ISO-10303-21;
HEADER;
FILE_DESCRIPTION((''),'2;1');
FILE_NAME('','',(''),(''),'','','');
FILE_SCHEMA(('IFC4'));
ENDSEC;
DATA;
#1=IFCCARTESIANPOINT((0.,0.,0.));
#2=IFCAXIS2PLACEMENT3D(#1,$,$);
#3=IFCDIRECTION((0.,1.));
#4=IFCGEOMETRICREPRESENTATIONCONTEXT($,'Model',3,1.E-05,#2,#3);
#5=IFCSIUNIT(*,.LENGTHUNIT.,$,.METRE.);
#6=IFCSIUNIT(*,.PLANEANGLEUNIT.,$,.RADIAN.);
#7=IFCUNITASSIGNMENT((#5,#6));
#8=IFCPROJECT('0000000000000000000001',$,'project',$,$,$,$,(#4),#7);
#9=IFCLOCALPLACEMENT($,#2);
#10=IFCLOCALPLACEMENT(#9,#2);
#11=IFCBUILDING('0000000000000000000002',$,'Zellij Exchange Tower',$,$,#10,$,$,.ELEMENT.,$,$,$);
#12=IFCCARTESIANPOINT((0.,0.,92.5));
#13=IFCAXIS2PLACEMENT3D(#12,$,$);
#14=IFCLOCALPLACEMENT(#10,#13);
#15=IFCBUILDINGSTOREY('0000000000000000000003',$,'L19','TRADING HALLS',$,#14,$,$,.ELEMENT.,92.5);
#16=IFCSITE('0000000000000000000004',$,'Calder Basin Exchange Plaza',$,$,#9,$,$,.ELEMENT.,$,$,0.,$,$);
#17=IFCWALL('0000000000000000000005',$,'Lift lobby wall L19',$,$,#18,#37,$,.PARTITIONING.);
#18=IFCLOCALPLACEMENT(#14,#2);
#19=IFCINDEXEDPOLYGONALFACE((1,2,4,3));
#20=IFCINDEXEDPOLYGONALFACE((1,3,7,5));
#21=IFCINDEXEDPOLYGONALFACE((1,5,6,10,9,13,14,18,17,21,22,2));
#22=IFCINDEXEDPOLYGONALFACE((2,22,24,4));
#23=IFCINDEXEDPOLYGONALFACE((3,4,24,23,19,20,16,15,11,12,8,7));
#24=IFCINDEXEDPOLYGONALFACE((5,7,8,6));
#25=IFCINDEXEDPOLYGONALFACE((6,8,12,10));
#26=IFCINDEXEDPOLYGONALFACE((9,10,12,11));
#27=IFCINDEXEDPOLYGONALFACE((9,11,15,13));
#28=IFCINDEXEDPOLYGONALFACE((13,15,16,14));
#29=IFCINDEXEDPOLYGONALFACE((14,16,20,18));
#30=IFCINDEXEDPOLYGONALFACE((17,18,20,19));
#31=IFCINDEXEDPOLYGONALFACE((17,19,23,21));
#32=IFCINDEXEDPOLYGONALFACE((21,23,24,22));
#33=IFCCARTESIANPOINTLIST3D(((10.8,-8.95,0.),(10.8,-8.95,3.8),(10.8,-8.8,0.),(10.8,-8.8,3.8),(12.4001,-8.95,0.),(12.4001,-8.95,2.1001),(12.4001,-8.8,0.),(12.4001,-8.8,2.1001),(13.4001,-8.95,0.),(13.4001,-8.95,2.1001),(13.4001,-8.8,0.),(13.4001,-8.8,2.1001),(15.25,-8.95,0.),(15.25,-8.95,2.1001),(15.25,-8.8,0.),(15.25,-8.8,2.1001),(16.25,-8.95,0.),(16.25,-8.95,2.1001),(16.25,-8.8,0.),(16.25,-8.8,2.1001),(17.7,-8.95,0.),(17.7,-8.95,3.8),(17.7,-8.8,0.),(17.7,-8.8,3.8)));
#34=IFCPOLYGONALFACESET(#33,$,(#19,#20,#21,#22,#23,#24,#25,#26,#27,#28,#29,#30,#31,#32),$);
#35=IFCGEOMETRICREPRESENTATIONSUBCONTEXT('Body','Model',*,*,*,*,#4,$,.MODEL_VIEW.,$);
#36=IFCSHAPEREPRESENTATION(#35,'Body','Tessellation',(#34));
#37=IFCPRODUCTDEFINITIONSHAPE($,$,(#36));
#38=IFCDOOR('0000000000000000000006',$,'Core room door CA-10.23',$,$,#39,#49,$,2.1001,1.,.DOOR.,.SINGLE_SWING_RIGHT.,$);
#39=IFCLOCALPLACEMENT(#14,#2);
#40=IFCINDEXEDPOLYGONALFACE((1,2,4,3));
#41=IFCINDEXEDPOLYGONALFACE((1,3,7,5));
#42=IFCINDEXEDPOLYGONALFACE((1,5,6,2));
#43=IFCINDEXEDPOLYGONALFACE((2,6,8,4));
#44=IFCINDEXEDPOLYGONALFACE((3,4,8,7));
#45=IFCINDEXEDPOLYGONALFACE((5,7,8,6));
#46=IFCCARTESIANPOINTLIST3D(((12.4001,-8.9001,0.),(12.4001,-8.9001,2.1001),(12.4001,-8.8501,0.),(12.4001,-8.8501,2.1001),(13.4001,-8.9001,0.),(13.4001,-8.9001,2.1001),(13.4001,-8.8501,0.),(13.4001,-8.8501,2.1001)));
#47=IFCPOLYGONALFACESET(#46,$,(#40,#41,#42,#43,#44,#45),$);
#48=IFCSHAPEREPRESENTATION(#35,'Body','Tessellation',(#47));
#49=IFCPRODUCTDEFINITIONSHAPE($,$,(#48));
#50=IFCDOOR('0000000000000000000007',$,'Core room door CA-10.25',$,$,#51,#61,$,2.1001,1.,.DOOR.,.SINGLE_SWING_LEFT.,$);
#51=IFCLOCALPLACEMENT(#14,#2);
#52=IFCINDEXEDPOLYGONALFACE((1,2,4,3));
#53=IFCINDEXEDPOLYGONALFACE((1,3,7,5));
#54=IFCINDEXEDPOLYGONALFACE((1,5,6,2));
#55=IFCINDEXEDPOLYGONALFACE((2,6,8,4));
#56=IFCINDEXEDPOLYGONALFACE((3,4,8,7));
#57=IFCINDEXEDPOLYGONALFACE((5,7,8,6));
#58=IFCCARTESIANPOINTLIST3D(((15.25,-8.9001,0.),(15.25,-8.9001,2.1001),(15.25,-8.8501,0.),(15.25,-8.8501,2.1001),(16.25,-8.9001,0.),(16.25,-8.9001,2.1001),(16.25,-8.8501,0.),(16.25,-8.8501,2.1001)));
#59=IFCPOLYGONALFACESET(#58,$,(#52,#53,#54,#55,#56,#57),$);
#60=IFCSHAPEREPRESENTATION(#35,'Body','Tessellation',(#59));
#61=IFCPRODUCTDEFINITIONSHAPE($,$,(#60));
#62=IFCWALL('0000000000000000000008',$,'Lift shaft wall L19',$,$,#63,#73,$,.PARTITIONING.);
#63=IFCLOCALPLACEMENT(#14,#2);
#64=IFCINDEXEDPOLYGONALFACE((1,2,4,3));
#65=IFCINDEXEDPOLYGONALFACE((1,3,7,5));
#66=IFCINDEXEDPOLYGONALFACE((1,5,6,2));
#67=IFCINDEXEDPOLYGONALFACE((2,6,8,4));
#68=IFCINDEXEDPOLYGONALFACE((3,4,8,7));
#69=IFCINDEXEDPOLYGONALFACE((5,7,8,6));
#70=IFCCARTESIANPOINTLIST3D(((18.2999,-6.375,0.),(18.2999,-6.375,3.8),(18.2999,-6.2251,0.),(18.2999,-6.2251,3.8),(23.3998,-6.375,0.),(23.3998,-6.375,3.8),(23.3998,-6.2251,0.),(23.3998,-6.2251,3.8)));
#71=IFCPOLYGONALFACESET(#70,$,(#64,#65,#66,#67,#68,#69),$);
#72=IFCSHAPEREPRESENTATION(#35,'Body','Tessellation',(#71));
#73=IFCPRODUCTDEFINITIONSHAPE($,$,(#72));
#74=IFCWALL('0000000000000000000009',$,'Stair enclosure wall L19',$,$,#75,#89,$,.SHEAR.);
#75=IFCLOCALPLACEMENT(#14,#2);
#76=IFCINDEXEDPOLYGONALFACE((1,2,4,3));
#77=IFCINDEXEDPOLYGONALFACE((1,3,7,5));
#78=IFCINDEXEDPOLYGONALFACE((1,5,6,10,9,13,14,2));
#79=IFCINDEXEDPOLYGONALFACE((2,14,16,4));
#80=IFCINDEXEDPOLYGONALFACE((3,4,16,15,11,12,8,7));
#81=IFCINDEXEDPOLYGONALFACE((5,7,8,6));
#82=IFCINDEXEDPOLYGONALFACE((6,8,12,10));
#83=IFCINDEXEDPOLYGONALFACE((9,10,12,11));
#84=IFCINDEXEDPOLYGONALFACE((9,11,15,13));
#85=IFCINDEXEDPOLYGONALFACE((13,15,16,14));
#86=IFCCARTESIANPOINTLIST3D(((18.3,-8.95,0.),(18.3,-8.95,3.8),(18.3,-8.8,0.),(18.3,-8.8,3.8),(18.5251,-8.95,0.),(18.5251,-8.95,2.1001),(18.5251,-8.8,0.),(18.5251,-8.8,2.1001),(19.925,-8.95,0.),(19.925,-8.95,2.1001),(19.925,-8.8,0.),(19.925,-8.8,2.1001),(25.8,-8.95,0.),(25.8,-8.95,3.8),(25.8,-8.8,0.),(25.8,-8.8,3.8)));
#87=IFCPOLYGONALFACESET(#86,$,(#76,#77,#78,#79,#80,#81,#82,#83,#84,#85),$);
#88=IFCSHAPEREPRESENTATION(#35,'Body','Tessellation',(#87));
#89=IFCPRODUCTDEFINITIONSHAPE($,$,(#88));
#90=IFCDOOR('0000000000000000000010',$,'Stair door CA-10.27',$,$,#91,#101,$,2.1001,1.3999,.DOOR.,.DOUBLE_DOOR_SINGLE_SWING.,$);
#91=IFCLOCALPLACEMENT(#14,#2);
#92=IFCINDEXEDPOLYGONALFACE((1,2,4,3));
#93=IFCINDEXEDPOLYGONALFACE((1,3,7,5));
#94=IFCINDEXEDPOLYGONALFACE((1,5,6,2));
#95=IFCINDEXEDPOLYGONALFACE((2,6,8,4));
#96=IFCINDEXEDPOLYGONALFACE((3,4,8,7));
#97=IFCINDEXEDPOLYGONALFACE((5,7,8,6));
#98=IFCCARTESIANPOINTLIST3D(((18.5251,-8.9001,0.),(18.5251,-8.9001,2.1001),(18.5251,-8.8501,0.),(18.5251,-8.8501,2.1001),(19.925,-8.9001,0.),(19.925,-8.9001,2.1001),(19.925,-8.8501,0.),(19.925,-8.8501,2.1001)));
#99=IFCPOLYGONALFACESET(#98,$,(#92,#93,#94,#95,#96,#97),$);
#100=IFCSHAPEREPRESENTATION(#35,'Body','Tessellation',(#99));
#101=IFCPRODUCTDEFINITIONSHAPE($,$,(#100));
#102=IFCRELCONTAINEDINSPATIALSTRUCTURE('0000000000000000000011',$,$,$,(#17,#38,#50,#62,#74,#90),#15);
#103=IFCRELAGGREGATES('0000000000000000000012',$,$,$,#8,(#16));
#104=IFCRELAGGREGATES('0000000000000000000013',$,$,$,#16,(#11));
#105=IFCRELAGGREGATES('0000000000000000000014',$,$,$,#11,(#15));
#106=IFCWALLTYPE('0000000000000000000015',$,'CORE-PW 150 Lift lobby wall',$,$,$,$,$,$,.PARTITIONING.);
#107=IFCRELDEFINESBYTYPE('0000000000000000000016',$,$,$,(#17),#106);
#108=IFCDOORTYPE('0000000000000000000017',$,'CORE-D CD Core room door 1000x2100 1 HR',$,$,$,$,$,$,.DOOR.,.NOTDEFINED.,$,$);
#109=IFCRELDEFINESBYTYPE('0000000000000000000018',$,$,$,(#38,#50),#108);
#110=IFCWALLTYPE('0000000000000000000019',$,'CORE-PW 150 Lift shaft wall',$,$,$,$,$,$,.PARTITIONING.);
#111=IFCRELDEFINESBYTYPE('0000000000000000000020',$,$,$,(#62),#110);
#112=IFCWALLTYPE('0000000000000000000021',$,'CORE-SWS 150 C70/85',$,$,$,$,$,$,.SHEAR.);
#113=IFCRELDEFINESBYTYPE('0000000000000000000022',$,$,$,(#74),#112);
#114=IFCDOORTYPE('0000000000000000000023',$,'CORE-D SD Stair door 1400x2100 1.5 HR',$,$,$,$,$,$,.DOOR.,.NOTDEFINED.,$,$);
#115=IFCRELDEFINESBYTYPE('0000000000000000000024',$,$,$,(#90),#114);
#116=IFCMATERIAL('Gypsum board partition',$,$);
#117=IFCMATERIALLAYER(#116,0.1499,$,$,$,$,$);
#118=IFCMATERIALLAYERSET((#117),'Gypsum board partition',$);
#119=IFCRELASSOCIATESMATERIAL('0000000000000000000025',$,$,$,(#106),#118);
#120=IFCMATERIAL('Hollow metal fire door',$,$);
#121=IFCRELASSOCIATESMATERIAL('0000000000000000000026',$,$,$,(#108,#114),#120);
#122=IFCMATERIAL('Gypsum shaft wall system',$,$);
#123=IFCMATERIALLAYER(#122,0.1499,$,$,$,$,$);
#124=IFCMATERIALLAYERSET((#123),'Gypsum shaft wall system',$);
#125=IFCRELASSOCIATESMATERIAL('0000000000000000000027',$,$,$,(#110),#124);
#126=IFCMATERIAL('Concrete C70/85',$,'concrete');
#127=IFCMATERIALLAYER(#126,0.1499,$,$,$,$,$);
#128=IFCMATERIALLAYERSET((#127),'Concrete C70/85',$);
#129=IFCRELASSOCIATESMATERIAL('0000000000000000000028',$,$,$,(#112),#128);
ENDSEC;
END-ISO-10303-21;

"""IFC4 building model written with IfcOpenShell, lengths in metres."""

from ifc_helpers import new_model, si_unit, direction, frame, frame_2d, origin, place, context, subcontext, project, spatial, rectangle, extrude, material, layer, layer_set, type_object, element, fill, save


model = new_model("IFC4")

# Units and contexts
model_context = context("Model", 3, precision=1e-05, world=origin(), true_north=direction((0.0, 1.0)))
body_context = subcontext(model_context, "Body", "Model", "MODEL_VIEW")
ifc_project = project(units=[si_unit("LENGTHUNIT", "METRE"), si_unit("PLANEANGLEUNIT", "RADIAN")], contexts=[model_context])

# Site, building, storey
site_placement = place(None, origin())
site = spatial("IfcSite", under=ifc_project, at=site_placement, Name="Calder Basin Exchange Plaza", CompositionType="ELEMENT", RefElevation=0.0)
building_placement = place(site_placement, origin())
building = spatial("IfcBuilding", under=site, at=building_placement, Name="Zellij Exchange Tower", CompositionType="ELEMENT")
storey_placement = place(building_placement, frame((0.0, 0.0, 92.5)))
storey = spatial("IfcBuildingStorey", under=building, at=storey_placement, Name="L19", Description="TRADING HALLS", CompositionType="ELEMENT", Elevation=92.5)

# Shared definitions
ifc_material_1 = material(Name="Concrete C70/85", Category="concrete")
ifc_material_2 = material(Name="Gypsum board partition")
ifc_layer_1 = layer(ifc_material_2, 0.1499)
ifc_layer_set_1 = layer_set([ifc_layer_1], Name="Gypsum board partition")
wall_type_1 = type_object("IfcWallType", Name="CORE-PW 150 Lift lobby wall", PredefinedType="PARTITIONING", material=ifc_layer_set_1)

# Shared definitions
ifc_material_3 = material(Name="Hollow metal fire door")

# Wall, openings, doors
door_type_1 = type_object("IfcDoorType", Name="CORE-D CD Core room door 1000x2100 1 HR", OperationType="NOTDEFINED", PredefinedType="DOOR", material=ifc_material_3)
wall_1_placement = place(storey_placement, frame((10.8, -8.875, 0.0), z_axis=(0.0, 0.0, 1.0), x_axis=(1.0, 0.0, 0.0)))
wall_1 = element("IfcWall", 1, at=wall_1_placement, inside=storey, type_object=wall_type_1, Name="Lift lobby wall L19", PredefinedType="PARTITIONING", context=body_context, shape_type="SweptSolid", body=[
    extrude(rectangle(XDim=6.8999, YDim=0.1499, at=frame_2d((3.45, 0.0))), origin(), (0.0, 0.0, 1.0), 3.8),
])
opening_1_placement = place(wall_1_placement, frame((1.6001, 0.0, 0.0)))
opening_1 = element("IfcOpeningElement", 2, at=opening_1_placement, cuts=wall_1, PredefinedType="OPENING", context=body_context, shape_type="SweptSolid", body=[
    extrude(rectangle(XDim=1.0, YDim=2.1001, at=frame_2d((0.5, 1.05))), frame((0.0, 0.0869, 0.0), z_axis=(0.0, -1.0, 0.0), x_axis=(1.0, 0.0, 0.0)), (0.0, 0.0, 1.0), 0.1738),
])
opening_2_placement = place(wall_1_placement, frame((4.45, 0.0, 0.0)))
opening_2 = element("IfcOpeningElement", 3, at=opening_2_placement, cuts=wall_1, PredefinedType="OPENING", context=body_context, shape_type="SweptSolid", body=[
    extrude(rectangle(XDim=1.0, YDim=2.1001, at=frame_2d((0.5, 1.05))), frame((0.0, 0.0869, 0.0), z_axis=(0.0, -1.0, 0.0), x_axis=(1.0, 0.0, 0.0)), (0.0, 0.0, 1.0), 0.1738),
])
door_1_placement = place(opening_1_placement, origin())
door_1 = element("IfcDoor", 4, at=door_1_placement, inside=storey, type_object=door_type_1, Name="Core room door CA-10.23", OperationType="SINGLE_SWING_RIGHT", OverallHeight=2.1001, OverallWidth=1.0, PredefinedType="DOOR", context=body_context, shape_type="SweptSolid", body=[
    extrude(rectangle(XDim=1.0, YDim=2.1001, at=frame_2d((0.5, 1.05))), frame((0.0, 0.0249, 0.0), z_axis=(0.0, -1.0, 0.0), x_axis=(1.0, 0.0, 0.0)), (0.0, 0.0, 1.0), 0.05),
])
fill(opening_1, door_1)
door_2_placement = place(opening_2_placement, origin())
door_2 = element("IfcDoor", 5, at=door_2_placement, inside=storey, type_object=door_type_1, Name="Core room door CA-10.25", OperationType="SINGLE_SWING_LEFT", OverallHeight=2.1001, OverallWidth=1.0, PredefinedType="DOOR", context=body_context, shape_type="SweptSolid", body=[
    extrude(rectangle(XDim=1.0, YDim=2.1001, at=frame_2d((0.5, 1.05))), frame((0.0, 0.0249, 0.0), z_axis=(0.0, -1.0, 0.0), x_axis=(1.0, 0.0, 0.0)), (0.0, 0.0, 1.0), 0.05),
])
fill(opening_2, door_2)

# Wall
ifc_material_4 = material(Name="Gypsum shaft wall system")
ifc_layer_2 = layer(ifc_material_4, 0.1499)
ifc_layer_set_2 = layer_set([ifc_layer_2], Name="Gypsum shaft wall system")
wall_type_2 = type_object("IfcWallType", Name="CORE-PW 150 Lift shaft wall", PredefinedType="PARTITIONING", material=ifc_layer_set_2)
wall_2_placement = place(storey_placement, frame((18.3, -6.3, 0.0), z_axis=(0.0, 0.0, 1.0), x_axis=(1.0, 0.0, 0.0)))
element("IfcWall", 6, at=wall_2_placement, inside=storey, type_object=wall_type_2, Name="Lift shaft wall L19", PredefinedType="PARTITIONING", context=body_context, shape_type="SweptSolid", body=[
    extrude(rectangle(XDim=5.0999, YDim=0.1499, at=frame_2d((2.5498, 0.0))), origin(), (0.0, 0.0, 1.0), 3.8),
])

# Wall, opening, door
ifc_layer_3 = layer(ifc_material_1, 0.1499)
ifc_layer_set_3 = layer_set([ifc_layer_3], Name="Concrete C70/85")
wall_type_3 = type_object("IfcWallType", Name="CORE-SWS 150 C70/85", PredefinedType="SHEAR", material=ifc_layer_set_3)
wall_3_placement = place(storey_placement, frame((18.3, -8.875, 0.0), z_axis=(0.0, 0.0, 1.0), x_axis=(1.0, 0.0, 0.0)))
wall_3 = element("IfcWall", 7, at=wall_3_placement, inside=storey, type_object=wall_type_3, Name="Stair enclosure wall L19", PredefinedType="SHEAR", context=body_context, shape_type="SweptSolid", body=[
    extrude(rectangle(XDim=7.5, YDim=0.1499, at=frame_2d((3.75, 0.0))), origin(), (0.0, 0.0, 1.0), 3.8),
])
opening_3_placement = place(wall_3_placement, frame((0.2251, 0.0, 0.0)))
opening_3 = element("IfcOpeningElement", 8, at=opening_3_placement, cuts=wall_3, PredefinedType="OPENING", context=body_context, shape_type="SweptSolid", body=[
    extrude(rectangle(XDim=1.3999, YDim=2.1001, at=frame_2d((0.7, 1.05))), frame((0.0, 0.0869, 0.0), z_axis=(0.0, -1.0, 0.0), x_axis=(1.0, 0.0, 0.0)), (0.0, 0.0, 1.0), 0.1738),
])
door_type_2 = type_object("IfcDoorType", Name="CORE-D SD Stair door 1400x2100 1.5 HR", OperationType="NOTDEFINED", PredefinedType="DOOR", material=ifc_material_3)
door_3_placement = place(opening_3_placement, origin())
door_3 = element("IfcDoor", 9, at=door_3_placement, inside=storey, type_object=door_type_2, Name="Stair door CA-10.27", OperationType="DOUBLE_DOOR_SINGLE_SWING", OverallHeight=2.1001, OverallWidth=1.3999, PredefinedType="DOOR", context=body_context, shape_type="SweptSolid", body=[
    extrude(rectangle(XDim=1.3999, YDim=2.1001, at=frame_2d((0.7, 1.05))), frame((0.0, 0.0249, 0.0), z_axis=(0.0, -1.0, 0.0), x_axis=(1.0, 0.0, 0.0)), (0.0, 0.0, 1.0), 0.05),
])
fill(opening_3, door_3)

save(model, "model.ifc")
